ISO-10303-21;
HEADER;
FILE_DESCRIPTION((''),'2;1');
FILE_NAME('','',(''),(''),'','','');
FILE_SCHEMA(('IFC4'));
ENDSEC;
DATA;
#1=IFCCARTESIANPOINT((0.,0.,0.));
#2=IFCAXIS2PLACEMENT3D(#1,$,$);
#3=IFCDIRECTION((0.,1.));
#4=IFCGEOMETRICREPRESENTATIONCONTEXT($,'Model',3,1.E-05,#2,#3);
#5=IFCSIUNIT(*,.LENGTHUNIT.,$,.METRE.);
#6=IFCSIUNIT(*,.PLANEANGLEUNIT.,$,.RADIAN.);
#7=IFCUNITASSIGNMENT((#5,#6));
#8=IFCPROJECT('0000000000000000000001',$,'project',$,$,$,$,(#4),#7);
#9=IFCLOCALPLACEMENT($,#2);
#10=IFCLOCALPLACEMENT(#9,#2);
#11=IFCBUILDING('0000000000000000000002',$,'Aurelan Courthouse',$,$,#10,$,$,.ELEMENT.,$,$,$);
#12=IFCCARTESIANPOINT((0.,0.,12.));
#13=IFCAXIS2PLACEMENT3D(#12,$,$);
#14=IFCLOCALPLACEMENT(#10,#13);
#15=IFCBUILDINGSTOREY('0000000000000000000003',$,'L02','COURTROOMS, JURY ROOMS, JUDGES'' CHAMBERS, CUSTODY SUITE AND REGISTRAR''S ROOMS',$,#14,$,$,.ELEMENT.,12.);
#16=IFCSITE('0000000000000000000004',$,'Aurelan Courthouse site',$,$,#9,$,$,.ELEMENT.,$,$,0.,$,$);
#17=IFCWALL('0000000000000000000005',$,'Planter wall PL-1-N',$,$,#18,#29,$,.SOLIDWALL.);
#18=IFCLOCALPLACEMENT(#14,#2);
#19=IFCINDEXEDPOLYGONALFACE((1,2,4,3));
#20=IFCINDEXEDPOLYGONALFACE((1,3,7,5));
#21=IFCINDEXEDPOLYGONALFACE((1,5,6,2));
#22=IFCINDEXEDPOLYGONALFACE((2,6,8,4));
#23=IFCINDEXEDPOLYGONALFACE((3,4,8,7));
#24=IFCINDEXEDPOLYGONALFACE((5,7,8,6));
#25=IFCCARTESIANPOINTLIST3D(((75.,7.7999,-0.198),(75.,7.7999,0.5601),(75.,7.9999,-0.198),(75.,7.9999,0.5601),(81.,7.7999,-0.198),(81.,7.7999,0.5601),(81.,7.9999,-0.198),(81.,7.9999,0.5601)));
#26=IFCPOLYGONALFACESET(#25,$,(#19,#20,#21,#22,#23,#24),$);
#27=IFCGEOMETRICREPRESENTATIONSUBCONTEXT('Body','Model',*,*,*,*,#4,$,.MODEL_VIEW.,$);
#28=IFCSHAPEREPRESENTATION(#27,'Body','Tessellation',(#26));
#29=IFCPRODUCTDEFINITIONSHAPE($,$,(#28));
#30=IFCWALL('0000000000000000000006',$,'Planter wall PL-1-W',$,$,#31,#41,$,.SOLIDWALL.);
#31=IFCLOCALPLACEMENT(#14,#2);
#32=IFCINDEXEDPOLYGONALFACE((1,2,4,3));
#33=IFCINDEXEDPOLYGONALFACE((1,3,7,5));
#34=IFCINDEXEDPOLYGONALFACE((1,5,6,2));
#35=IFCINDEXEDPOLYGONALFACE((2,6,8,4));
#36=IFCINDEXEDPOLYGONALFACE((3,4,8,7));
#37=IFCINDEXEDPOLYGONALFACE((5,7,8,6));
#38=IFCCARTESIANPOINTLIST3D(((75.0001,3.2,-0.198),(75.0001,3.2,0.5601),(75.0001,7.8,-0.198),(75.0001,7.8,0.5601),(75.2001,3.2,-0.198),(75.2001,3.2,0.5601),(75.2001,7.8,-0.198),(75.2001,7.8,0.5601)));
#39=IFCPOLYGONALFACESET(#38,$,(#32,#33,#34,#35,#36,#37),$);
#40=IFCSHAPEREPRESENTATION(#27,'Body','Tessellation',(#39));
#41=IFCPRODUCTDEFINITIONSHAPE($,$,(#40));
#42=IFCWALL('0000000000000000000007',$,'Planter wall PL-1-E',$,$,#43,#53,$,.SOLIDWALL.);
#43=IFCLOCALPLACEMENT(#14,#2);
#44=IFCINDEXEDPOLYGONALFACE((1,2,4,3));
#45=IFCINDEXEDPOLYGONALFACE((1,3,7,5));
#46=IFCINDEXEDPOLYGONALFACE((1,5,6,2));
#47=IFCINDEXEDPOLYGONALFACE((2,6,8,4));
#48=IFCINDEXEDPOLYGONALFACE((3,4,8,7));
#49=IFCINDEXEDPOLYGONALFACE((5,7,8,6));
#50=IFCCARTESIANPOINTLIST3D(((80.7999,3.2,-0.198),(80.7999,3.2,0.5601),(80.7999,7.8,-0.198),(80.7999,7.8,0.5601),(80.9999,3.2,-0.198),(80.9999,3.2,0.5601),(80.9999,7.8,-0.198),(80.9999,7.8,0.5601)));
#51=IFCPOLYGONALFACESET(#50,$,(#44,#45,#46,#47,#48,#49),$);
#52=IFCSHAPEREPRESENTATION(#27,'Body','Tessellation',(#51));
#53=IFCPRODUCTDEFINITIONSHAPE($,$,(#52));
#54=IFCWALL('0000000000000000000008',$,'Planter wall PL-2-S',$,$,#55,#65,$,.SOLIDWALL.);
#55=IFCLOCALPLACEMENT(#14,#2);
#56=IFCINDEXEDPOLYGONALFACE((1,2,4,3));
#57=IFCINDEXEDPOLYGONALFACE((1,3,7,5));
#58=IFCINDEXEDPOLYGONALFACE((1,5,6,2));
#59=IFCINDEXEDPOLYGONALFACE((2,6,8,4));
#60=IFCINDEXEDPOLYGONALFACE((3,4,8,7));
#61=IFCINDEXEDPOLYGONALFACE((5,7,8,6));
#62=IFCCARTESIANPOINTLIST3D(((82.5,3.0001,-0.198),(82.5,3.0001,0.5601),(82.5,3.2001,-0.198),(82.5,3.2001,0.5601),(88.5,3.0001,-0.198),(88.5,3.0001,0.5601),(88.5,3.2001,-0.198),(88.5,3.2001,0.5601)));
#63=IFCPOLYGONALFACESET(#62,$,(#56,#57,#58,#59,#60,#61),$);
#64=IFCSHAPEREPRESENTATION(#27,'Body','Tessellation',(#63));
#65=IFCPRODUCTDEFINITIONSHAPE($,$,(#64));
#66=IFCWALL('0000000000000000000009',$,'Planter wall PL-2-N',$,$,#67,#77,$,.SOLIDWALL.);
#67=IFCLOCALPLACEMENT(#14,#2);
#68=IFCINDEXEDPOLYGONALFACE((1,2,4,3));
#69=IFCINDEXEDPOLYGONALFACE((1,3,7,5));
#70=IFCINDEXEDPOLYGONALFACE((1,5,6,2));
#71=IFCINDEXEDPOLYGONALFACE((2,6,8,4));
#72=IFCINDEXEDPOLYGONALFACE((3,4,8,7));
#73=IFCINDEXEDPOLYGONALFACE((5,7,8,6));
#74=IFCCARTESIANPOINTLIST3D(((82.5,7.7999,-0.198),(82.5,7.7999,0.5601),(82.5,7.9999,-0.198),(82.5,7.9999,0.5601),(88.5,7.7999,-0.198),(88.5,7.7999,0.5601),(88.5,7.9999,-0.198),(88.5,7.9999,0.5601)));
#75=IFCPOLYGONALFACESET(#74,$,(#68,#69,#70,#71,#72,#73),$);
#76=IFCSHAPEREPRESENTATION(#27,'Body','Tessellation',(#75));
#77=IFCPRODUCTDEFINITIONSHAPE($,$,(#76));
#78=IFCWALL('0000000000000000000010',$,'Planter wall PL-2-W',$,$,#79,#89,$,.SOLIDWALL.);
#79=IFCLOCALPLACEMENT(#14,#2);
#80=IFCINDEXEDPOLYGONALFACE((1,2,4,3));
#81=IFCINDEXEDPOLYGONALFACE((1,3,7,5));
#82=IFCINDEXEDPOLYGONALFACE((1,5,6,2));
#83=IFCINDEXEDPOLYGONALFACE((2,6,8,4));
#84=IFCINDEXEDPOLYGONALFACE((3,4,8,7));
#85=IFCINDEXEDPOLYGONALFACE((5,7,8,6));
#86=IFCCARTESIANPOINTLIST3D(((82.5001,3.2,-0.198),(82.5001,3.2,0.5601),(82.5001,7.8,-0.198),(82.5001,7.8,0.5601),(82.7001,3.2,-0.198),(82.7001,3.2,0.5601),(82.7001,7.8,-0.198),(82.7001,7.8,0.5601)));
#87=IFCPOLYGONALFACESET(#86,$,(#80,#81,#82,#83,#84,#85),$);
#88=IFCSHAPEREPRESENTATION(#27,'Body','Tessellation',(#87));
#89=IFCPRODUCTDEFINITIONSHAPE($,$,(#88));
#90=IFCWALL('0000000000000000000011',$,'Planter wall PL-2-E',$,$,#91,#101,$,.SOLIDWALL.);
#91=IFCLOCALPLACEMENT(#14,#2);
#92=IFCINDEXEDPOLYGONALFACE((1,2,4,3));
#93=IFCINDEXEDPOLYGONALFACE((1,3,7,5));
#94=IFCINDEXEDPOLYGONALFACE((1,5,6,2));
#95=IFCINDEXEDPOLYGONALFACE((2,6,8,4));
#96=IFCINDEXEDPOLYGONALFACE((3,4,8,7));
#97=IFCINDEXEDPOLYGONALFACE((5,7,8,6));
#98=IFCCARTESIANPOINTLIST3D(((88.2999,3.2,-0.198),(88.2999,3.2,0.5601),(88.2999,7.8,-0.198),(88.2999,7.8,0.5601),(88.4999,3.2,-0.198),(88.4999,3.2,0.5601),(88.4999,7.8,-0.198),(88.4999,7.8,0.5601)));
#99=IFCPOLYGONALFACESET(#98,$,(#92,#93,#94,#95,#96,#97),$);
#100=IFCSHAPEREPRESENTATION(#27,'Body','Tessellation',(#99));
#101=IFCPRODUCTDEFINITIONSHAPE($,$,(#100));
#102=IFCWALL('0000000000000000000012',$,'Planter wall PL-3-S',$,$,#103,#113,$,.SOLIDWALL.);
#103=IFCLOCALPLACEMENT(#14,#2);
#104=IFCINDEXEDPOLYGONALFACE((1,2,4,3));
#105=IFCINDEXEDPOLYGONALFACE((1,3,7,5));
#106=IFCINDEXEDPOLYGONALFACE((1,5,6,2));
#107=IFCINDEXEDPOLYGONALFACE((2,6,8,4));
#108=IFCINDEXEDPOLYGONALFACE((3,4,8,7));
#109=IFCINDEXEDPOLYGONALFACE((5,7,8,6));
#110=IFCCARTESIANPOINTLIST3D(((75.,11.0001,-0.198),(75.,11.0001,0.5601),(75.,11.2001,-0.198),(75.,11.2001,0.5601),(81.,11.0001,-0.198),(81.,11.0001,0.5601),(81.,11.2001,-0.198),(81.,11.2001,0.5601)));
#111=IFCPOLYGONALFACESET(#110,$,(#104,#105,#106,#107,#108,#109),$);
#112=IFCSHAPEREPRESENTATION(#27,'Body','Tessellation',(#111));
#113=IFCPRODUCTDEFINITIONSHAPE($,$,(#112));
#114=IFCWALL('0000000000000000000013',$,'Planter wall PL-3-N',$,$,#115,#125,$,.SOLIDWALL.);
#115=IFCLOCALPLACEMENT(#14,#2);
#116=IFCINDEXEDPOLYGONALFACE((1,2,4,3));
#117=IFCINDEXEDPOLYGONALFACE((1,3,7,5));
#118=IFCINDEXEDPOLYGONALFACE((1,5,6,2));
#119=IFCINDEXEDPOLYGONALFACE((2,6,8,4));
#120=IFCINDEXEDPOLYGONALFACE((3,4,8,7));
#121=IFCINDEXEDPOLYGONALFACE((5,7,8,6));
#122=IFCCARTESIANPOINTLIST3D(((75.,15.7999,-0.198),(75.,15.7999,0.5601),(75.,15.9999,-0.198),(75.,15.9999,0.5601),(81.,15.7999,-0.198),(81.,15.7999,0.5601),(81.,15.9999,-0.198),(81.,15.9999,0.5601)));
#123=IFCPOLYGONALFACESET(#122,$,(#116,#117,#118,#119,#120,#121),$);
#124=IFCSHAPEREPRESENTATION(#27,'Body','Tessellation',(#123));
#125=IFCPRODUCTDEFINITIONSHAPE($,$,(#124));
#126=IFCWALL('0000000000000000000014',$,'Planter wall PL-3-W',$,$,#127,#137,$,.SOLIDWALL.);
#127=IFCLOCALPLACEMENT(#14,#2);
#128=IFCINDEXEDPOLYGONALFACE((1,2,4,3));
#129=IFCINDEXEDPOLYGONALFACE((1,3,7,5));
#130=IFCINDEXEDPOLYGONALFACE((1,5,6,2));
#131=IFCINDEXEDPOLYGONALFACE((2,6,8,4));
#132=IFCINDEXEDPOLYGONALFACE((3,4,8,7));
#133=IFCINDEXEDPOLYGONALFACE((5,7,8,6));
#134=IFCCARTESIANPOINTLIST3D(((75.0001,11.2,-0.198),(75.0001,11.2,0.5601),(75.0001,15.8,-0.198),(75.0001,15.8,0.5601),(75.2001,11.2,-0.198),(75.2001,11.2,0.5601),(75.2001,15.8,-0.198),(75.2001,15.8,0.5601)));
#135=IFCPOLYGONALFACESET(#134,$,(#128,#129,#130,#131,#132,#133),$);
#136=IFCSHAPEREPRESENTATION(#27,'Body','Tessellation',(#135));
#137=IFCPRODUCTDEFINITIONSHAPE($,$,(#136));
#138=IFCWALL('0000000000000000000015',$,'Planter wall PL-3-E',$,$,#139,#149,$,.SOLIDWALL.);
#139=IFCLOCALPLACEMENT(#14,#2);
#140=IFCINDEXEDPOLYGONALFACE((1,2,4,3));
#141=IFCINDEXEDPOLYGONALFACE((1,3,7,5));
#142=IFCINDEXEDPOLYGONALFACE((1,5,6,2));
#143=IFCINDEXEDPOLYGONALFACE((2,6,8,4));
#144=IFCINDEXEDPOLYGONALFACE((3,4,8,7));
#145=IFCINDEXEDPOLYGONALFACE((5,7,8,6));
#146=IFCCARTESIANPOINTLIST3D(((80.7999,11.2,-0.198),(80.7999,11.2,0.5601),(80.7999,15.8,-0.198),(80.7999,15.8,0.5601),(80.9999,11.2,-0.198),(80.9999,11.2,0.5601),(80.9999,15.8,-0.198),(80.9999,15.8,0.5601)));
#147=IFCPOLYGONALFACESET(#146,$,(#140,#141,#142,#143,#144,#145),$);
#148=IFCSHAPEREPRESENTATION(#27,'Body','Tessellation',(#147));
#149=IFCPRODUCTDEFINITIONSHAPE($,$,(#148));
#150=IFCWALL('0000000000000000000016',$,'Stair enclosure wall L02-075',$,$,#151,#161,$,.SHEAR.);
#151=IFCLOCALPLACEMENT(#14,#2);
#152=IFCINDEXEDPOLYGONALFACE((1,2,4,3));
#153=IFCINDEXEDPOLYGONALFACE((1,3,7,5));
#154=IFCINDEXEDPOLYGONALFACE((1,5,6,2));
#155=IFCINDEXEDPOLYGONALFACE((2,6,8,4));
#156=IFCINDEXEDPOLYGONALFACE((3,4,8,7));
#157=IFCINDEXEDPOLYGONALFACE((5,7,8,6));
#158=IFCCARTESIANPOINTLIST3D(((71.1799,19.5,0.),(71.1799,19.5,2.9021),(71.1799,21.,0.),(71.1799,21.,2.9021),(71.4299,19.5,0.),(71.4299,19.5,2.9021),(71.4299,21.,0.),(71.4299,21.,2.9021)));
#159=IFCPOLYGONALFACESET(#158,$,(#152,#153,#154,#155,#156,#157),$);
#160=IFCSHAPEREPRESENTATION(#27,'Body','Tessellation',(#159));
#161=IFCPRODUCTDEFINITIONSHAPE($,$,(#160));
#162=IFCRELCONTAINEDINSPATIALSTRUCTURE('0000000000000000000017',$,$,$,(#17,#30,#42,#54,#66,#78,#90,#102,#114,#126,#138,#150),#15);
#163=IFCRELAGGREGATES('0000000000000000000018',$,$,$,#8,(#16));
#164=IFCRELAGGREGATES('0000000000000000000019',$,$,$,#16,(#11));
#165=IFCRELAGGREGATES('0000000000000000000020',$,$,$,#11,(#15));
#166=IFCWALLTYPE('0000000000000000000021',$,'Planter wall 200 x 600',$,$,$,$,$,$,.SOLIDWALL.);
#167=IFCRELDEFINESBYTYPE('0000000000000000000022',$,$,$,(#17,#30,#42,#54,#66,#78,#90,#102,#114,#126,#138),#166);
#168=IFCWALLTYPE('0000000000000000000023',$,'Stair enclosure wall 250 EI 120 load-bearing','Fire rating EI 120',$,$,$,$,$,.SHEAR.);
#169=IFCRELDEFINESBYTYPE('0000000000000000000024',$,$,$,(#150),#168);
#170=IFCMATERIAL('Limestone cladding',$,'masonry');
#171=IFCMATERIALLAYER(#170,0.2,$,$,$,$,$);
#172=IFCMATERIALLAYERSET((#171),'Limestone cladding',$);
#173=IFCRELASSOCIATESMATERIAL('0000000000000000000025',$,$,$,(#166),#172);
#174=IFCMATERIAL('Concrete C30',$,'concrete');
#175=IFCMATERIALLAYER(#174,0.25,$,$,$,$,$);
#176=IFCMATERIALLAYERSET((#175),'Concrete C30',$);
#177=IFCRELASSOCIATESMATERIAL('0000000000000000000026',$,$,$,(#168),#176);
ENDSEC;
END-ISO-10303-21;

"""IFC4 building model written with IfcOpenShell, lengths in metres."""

from ifc_helpers import new_model, si_unit, direction, frame, frame_2d, origin, place, context, subcontext, project, spatial, rectangle, extrude, material, layer, layer_set, type_object, element, save


model = new_model("IFC4")

# Units and contexts
model_context = context("Model", 3, precision=1e-05, world=origin(), true_north=direction((0.0, 1.0)))
body_context = subcontext(model_context, "Body", "Model", "MODEL_VIEW")
ifc_project = project(units=[si_unit("LENGTHUNIT", "METRE"), si_unit("PLANEANGLEUNIT", "RADIAN")], contexts=[model_context])

# Site, building, storey
site_placement = place(None, origin())
site = spatial("IfcSite", under=ifc_project, at=site_placement, Name="Aurelan Courthouse site", CompositionType="ELEMENT", RefElevation=0.0)
building_placement = place(site_placement, origin())
building = spatial("IfcBuilding", under=site, at=building_placement, Name="Aurelan Courthouse", CompositionType="ELEMENT")
storey_placement = place(building_placement, frame((0.0, 0.0, 12.0)))
storey = spatial("IfcBuildingStorey", under=building, at=storey_placement, Name="L02", Description="COURTROOMS, JURY ROOMS, JUDGES' CHAMBERS, CUSTODY SUITE AND REGISTRAR'S ROOMS", CompositionType="ELEMENT", Elevation=12.0)

# Walls
ifc_material_1 = material(Name="Limestone cladding", Category="masonry")
ifc_layer_1 = layer(ifc_material_1, 0.2)
ifc_layer_set_1 = layer_set([ifc_layer_1], Name="Limestone cladding")
wall_type_1 = type_object("IfcWallType", Name="Planter wall 200 x 600", PredefinedType="SOLIDWALL", material=ifc_layer_set_1)
for number, where, z_axis, x_axis, name in (
    (1, (75.0, 7.8999, -0.198), (0.0, 0.0, 1.0), (1.0, 0.0, 0.0), "Planter wall PL-1-N"),
):
    element("IfcWall", number, at=place(storey_placement, frame(where, z_axis=z_axis, x_axis=x_axis)), inside=storey, type_object=wall_type_1, Name=name, PredefinedType="SOLIDWALL", context=body_context, shape_type="SweptSolid", body=[
        extrude(rectangle(XDim=6.0, YDim=0.2, at=frame_2d((3.0, 0.0))), origin(), (0.0, 0.0, 1.0), 0.7581),
    ])
for number, where, z_axis, x_axis, name in (
    (2, (75.1001, 3.2, -0.198), (0.0, 0.0, 1.0), (0.0, 1.0, 0.0), "Planter wall PL-1-W"),
    (3, (80.8999, 3.2, -0.198), (0.0, 0.0, 1.0), (0.0, 1.0, 0.0), "Planter wall PL-1-E"),
):
    element("IfcWall", number, at=place(storey_placement, frame(where, z_axis=z_axis, x_axis=x_axis)), inside=storey, type_object=wall_type_1, Name=name, PredefinedType="SOLIDWALL", context=body_context, shape_type="SweptSolid", body=[
        extrude(rectangle(XDim=4.6001, YDim=0.2, at=frame_2d((2.3, 0.0))), origin(), (0.0, 0.0, 1.0), 0.7581),
    ])
for number, where, z_axis, x_axis, name in (
    (4, (82.5, 3.1001, -0.198), (0.0, 0.0, 1.0), (1.0, 0.0, 0.0), "Planter wall PL-2-S"),
    (5, (82.5, 7.8999, -0.198), (0.0, 0.0, 1.0), (1.0, 0.0, 0.0), "Planter wall PL-2-N"),
):
    element("IfcWall", number, at=place(storey_placement, frame(where, z_axis=z_axis, x_axis=x_axis)), inside=storey, type_object=wall_type_1, Name=name, PredefinedType="SOLIDWALL", context=body_context, shape_type="SweptSolid", body=[
        extrude(rectangle(XDim=6.0, YDim=0.2, at=frame_2d((3.0, 0.0))), origin(), (0.0, 0.0, 1.0), 0.7581),
    ])
for number, where, z_axis, x_axis, name in (
    (6, (82.6001, 3.2, -0.198), (0.0, 0.0, 1.0), (0.0, 1.0, 0.0), "Planter wall PL-2-W"),
    (7, (88.3999, 3.2, -0.198), (0.0, 0.0, 1.0), (0.0, 1.0, 0.0), "Planter wall PL-2-E"),
):
    element("IfcWall", number, at=place(storey_placement, frame(where, z_axis=z_axis, x_axis=x_axis)), inside=storey, type_object=wall_type_1, Name=name, PredefinedType="SOLIDWALL", context=body_context, shape_type="SweptSolid", body=[
        extrude(rectangle(XDim=4.6001, YDim=0.2, at=frame_2d((2.3, 0.0))), origin(), (0.0, 0.0, 1.0), 0.7581),
    ])
for number, where, z_axis, x_axis, name in (
    (8, (75.0, 11.1001, -0.198), (0.0, 0.0, 1.0), (1.0, 0.0, 0.0), "Planter wall PL-3-S"),
    (9, (75.0, 15.8999, -0.198), (0.0, 0.0, 1.0), (1.0, 0.0, 0.0), "Planter wall PL-3-N"),
):
    element("IfcWall", number, at=place(storey_placement, frame(where, z_axis=z_axis, x_axis=x_axis)), inside=storey, type_object=wall_type_1, Name=name, PredefinedType="SOLIDWALL", context=body_context, shape_type="SweptSolid", body=[
        extrude(rectangle(XDim=6.0, YDim=0.2, at=frame_2d((3.0, 0.0))), origin(), (0.0, 0.0, 1.0), 0.7581),
    ])
for number, where, z_axis, x_axis, name in (
    (10, (75.1001, 11.2, -0.198), (0.0, 0.0, 1.0), (0.0, 1.0, 0.0), "Planter wall PL-3-W"),
    (11, (80.8999, 11.2, -0.198), (0.0, 0.0, 1.0), (0.0, 1.0, 0.0), "Planter wall PL-3-E"),
):
    element("IfcWall", number, at=place(storey_placement, frame(where, z_axis=z_axis, x_axis=x_axis)), inside=storey, type_object=wall_type_1, Name=name, PredefinedType="SOLIDWALL", context=body_context, shape_type="SweptSolid", body=[
        extrude(rectangle(XDim=4.6001, YDim=0.2, at=frame_2d((2.3, 0.0))), origin(), (0.0, 0.0, 1.0), 0.7581),
    ])
ifc_material_2 = material(Name="Concrete C30", Category="concrete")
ifc_layer_2 = layer(ifc_material_2, 0.25)
ifc_layer_set_2 = layer_set([ifc_layer_2], Name="Concrete C30")
wall_type_2 = type_object("IfcWallType", Name="Stair enclosure wall 250 EI 120 load-bearing", Description="Fire rating EI 120", PredefinedType="SHEAR", material=ifc_layer_set_2)
wall_1_placement = place(storey_placement, frame((71.3049, 19.5, 0.0), z_axis=(0.0, 0.0, 1.0), x_axis=(0.0, 1.0, 0.0)))
element("IfcWall", 12, at=wall_1_placement, inside=storey, type_object=wall_type_2, Name="Stair enclosure wall L02-075", PredefinedType="SHEAR", context=body_context, shape_type="SweptSolid", body=[
    extrude(rectangle(XDim=1.5, YDim=0.25, at=frame_2d((0.75, 0.0))), origin(), (0.0, 0.0, 1.0), 2.9021),
])

save(model, "model.ifc")
